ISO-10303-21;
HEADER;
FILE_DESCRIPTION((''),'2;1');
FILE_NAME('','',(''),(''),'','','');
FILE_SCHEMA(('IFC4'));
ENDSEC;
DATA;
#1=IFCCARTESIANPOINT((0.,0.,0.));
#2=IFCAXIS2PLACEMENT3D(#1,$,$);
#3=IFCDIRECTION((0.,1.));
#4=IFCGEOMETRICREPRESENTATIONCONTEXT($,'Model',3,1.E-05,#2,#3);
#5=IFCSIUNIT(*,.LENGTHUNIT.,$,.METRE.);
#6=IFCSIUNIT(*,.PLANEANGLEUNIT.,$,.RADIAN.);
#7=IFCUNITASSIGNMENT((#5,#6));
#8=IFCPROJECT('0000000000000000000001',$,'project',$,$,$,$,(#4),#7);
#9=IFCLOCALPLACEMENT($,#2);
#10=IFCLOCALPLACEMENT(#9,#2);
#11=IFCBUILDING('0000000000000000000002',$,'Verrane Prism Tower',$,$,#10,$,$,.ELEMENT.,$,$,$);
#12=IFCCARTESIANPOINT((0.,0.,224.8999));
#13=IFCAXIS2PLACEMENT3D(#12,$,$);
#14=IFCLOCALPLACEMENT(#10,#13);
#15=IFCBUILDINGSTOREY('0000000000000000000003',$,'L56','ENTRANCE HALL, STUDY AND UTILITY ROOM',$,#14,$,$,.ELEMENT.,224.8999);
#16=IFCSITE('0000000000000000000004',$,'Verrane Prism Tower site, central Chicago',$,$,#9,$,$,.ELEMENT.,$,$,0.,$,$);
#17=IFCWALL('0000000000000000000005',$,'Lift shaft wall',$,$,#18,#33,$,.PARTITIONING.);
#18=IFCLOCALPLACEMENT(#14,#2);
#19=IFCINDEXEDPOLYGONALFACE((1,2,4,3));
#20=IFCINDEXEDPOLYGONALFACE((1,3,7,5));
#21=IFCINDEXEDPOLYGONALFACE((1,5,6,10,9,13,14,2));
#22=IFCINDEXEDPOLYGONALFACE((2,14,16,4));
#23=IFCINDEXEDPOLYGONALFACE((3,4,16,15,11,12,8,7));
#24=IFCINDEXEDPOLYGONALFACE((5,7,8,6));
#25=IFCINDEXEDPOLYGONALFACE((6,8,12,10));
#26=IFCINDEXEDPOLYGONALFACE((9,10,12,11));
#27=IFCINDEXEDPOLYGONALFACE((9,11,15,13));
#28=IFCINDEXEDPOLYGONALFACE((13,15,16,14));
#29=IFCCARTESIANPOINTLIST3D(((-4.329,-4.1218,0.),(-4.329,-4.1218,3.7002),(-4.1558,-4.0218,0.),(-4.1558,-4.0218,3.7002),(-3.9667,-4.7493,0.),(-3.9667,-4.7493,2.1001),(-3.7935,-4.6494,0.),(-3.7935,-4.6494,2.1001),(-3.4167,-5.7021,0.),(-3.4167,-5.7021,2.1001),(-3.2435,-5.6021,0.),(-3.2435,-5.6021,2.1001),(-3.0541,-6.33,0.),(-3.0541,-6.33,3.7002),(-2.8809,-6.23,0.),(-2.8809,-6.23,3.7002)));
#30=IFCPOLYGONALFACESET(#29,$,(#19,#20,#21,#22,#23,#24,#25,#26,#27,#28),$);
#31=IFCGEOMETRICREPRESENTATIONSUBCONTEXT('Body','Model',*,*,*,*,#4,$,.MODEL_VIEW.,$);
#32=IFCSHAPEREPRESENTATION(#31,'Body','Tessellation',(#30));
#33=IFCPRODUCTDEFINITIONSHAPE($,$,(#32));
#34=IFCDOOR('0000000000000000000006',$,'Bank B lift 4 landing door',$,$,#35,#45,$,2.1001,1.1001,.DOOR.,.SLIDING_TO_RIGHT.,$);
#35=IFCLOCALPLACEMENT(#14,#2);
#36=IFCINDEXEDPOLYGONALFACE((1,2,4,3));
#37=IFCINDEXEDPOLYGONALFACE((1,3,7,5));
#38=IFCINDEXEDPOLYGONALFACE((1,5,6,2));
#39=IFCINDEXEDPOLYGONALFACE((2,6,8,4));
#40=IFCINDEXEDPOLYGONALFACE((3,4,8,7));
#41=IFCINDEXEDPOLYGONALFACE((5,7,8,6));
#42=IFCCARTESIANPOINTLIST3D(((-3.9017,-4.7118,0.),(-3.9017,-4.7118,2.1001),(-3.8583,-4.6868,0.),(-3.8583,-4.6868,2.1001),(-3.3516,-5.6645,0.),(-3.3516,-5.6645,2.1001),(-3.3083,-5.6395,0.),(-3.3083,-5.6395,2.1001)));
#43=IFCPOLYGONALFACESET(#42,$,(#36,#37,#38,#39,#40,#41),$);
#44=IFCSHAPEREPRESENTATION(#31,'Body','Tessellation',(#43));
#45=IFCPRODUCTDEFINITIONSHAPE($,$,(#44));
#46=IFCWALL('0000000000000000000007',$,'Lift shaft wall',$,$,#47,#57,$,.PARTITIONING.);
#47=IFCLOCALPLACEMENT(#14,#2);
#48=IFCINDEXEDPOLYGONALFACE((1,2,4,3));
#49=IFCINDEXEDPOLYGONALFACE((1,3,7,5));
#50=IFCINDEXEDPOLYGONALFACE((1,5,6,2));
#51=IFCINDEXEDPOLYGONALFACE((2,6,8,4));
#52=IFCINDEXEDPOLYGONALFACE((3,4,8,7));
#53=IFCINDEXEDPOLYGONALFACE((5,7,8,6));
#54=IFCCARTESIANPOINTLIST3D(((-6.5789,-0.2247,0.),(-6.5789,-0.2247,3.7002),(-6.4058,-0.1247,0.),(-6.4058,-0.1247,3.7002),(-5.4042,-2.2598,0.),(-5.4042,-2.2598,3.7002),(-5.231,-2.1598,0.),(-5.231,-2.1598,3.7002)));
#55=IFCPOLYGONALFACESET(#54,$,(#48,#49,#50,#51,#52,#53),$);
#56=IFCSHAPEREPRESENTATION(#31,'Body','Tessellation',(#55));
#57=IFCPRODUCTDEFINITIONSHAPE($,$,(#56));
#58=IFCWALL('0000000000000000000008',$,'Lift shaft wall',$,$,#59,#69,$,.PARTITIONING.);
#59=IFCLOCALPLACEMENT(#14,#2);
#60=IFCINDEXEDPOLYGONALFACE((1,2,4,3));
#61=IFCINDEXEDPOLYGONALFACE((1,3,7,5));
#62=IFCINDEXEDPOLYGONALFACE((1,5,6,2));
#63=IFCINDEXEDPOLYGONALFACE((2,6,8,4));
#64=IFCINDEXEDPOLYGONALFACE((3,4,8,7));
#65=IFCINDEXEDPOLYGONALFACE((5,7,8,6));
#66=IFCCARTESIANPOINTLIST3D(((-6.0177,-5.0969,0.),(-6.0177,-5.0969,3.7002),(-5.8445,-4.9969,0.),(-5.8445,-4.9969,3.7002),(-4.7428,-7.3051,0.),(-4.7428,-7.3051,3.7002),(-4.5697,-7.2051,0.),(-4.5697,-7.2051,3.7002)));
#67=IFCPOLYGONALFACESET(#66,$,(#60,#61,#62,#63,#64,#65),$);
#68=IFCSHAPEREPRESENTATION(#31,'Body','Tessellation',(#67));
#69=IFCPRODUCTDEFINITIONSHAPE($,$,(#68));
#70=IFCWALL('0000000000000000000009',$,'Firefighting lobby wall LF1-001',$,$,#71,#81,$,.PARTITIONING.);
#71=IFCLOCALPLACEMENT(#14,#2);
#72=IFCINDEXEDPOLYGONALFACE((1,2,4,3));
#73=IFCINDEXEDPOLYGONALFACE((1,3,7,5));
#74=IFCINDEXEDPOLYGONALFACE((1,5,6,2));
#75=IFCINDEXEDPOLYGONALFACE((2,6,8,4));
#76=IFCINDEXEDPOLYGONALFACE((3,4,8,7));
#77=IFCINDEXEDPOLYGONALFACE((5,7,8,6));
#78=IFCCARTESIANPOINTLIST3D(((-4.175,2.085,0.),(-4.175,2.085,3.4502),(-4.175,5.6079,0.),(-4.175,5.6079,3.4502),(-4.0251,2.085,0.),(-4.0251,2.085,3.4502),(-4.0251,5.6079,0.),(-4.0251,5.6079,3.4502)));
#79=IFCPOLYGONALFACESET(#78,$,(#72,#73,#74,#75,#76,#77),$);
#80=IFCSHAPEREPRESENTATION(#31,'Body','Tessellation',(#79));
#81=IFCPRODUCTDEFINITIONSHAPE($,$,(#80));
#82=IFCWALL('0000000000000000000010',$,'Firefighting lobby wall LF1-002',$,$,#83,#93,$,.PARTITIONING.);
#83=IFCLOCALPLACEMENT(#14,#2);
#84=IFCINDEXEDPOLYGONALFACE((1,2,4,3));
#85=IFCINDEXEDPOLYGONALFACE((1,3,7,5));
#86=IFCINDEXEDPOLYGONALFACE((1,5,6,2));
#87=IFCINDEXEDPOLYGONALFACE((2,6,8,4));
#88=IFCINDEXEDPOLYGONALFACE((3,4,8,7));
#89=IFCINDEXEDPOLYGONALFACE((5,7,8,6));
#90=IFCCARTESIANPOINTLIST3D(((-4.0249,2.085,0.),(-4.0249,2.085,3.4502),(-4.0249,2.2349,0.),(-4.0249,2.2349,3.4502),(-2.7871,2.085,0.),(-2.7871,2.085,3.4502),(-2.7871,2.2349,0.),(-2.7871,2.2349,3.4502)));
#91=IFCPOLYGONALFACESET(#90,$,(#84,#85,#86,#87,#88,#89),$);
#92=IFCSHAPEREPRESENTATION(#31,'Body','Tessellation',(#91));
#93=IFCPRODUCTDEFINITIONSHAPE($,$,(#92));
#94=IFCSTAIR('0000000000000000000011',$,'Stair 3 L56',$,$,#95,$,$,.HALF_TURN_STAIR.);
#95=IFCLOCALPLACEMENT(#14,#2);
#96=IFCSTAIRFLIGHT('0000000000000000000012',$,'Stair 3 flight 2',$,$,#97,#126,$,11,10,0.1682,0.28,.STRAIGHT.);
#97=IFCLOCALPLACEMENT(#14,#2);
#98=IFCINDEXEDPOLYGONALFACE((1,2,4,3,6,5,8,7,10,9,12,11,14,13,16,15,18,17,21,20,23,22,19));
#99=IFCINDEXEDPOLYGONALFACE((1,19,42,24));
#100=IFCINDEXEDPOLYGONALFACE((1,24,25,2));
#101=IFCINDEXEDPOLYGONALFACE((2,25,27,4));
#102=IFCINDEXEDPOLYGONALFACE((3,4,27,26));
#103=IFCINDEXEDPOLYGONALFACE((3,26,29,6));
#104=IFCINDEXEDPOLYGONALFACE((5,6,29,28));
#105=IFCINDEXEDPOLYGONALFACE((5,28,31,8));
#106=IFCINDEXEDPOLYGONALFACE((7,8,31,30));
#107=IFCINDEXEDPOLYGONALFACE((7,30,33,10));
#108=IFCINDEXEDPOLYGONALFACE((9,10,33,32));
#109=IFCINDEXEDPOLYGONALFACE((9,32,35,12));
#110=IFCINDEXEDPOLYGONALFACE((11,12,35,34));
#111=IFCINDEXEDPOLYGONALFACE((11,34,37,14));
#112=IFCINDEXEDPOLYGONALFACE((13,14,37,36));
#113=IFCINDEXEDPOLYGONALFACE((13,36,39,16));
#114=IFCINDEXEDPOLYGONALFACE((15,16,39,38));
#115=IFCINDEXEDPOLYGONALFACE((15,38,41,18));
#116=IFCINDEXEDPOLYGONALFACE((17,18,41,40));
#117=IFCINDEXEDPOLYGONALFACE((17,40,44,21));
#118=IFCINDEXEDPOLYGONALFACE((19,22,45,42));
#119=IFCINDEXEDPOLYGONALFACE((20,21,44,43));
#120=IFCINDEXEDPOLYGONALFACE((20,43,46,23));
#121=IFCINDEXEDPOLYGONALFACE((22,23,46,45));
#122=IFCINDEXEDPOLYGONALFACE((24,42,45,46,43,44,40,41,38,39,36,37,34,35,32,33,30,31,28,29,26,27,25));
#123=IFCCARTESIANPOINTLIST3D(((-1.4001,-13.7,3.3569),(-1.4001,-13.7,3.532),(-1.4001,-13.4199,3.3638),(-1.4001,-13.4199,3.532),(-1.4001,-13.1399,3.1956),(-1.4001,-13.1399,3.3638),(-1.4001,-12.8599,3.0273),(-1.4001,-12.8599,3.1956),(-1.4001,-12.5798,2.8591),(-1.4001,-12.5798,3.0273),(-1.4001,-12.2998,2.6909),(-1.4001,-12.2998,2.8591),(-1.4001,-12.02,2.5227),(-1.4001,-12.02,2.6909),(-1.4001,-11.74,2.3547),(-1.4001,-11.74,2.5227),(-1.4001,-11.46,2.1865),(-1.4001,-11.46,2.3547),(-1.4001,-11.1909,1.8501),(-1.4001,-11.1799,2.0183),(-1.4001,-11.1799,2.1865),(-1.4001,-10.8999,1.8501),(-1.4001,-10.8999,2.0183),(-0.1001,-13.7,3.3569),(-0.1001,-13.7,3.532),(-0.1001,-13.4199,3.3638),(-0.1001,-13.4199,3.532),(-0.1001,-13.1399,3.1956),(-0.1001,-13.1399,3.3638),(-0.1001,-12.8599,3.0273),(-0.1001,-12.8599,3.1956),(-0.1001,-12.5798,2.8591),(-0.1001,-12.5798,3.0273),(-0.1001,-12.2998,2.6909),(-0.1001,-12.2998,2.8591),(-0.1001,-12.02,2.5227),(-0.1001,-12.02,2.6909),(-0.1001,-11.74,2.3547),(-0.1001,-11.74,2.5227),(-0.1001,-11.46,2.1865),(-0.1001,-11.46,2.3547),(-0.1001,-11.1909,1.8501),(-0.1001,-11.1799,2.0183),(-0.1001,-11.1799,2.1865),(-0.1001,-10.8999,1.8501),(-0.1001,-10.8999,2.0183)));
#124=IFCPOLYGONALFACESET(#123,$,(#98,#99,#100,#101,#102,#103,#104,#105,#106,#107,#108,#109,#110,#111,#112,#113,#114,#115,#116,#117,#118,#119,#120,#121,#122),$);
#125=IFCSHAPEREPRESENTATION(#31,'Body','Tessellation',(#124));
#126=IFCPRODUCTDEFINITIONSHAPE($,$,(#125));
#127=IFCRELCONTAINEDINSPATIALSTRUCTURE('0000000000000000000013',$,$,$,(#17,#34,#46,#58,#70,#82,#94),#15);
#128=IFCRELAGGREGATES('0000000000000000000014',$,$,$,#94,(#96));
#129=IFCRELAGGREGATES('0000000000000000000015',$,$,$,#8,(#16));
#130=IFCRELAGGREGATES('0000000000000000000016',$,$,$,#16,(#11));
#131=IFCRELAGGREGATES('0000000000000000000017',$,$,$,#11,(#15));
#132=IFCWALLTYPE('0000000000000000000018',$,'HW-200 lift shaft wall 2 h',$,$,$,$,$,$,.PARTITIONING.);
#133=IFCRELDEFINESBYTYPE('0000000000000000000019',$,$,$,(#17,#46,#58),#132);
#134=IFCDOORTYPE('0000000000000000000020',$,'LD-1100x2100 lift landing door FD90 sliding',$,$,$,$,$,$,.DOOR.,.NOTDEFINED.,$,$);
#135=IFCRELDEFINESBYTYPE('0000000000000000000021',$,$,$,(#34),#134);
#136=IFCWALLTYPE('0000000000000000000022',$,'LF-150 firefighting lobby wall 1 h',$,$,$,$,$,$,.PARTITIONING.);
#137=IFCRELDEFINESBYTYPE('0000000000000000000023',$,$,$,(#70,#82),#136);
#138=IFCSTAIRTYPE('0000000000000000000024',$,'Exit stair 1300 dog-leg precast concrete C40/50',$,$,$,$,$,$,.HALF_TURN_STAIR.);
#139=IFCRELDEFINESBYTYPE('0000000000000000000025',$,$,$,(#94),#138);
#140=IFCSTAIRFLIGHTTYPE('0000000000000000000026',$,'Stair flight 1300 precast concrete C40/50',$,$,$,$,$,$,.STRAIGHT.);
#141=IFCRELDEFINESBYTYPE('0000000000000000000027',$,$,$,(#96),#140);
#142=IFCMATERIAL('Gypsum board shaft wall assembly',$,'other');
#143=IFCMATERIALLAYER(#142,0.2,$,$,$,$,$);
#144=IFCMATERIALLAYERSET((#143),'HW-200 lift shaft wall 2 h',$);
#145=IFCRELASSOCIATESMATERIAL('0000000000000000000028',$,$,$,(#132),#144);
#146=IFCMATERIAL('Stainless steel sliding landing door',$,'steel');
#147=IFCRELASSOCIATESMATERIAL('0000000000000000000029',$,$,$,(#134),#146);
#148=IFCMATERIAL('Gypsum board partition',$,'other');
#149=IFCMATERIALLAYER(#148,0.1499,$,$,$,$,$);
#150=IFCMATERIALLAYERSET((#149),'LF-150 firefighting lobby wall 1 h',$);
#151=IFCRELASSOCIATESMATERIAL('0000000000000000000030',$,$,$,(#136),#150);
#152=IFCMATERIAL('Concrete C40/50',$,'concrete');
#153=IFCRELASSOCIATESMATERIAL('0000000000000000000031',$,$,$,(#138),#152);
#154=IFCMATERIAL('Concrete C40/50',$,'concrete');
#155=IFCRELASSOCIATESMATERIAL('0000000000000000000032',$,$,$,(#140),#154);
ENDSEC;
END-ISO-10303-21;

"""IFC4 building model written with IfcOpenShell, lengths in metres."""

from ifc_helpers import new_model, si_unit, direction, frame, frame_2d, origin, place, context, subcontext, project, spatial, polyline, rectangle, outline, extrude, material, layer, layer_set, type_object, element, fill, aggregate, save


model = new_model("IFC4")

# Units and contexts
model_context = context("Model", 3, precision=1e-05, world=origin(), true_north=direction((0.0, 1.0)))
body_context = subcontext(model_context, "Body", "Model", "MODEL_VIEW")
ifc_project = project(units=[si_unit("LENGTHUNIT", "METRE"), si_unit("PLANEANGLEUNIT", "RADIAN")], contexts=[model_context])

# Site, building, storey
site_placement = place(None, origin())
site = spatial("IfcSite", under=ifc_project, at=site_placement, Name="Verrane Prism Tower site, central Chicago", CompositionType="ELEMENT", RefElevation=0.0)
building_placement = place(site_placement, origin())
building = spatial("IfcBuilding", under=site, at=building_placement, Name="Verrane Prism Tower", CompositionType="ELEMENT")
storey_placement = place(building_placement, frame((0.0, 0.0, 224.8999)))
storey = spatial("IfcBuildingStorey", under=building, at=storey_placement, Name="L56", Description="ENTRANCE HALL, STUDY AND UTILITY ROOM", CompositionType="ELEMENT", Elevation=224.8999)

# Shared definitions
ifc_material_1 = material(Name="Gypsum board shaft wall assembly", Category="other")
ifc_layer_1 = layer(ifc_material_1, 0.2)
ifc_layer_set_1 = layer_set([ifc_layer_1], Name="HW-200 lift shaft wall 2 h")
wall_type_1 = type_object("IfcWallType", Name="HW-200 lift shaft wall 2 h", PredefinedType="PARTITIONING", material=ifc_layer_set_1)
ifc_material_2 = material(Name="Stainless steel sliding landing door", Category="steel")
door_type = type_object("IfcDoorType", Name="LD-1100x2100 lift landing door FD90 sliding", OperationType="NOTDEFINED", PredefinedType="DOOR", material=ifc_material_2)

# Wall, opening, door
wall_1_placement = place(storey_placement, frame((-2.9675, -6.28, 0.0), z_axis=(0.0, 0.0, 1.0), x_axis=(-0.49999, 0.866031, 0.0)))
wall_1 = element("IfcWall", 1, at=wall_1_placement, inside=storey, type_object=wall_type_1, Name="Lift shaft wall", PredefinedType="PARTITIONING", context=body_context, shape_type="SweptSolid", body=[
    extrude(rectangle(XDim=2.5498, YDim=0.2, at=frame_2d((1.2749, 0.0))), origin(), (0.0, 0.0, 1.0), 3.7002),
])
opening_1_placement = place(wall_1_placement, frame((0.7251, 0.0, 0.0)))
opening_1 = element("IfcOpeningElement", 2, at=opening_1_placement, cuts=wall_1, PredefinedType="OPENING", context=body_context, shape_type="SweptSolid", body=[
    extrude(rectangle(XDim=1.1001, YDim=2.1001, at=frame_2d((0.55, 1.05))), frame((0.0, 0.1099, 0.0), z_axis=(0.0, -1.0, 0.0), x_axis=(1.0, 0.0, 0.0)), (0.0, 0.0, 1.0), 0.22),
])
door_1_placement = place(opening_1_placement, origin())
door_1 = element("IfcDoor", 3, at=door_1_placement, inside=storey, type_object=door_type, Name="Bank B lift 4 landing door", OperationType="SLIDING_TO_RIGHT", OverallHeight=2.1001, OverallWidth=1.1001, PredefinedType="DOOR", context=body_context, shape_type="SweptSolid", body=[
    extrude(rectangle(XDim=1.1001, YDim=2.1001, at=frame_2d((0.55, 1.05))), frame((0.0, 0.0249, 0.0), z_axis=(0.0, -1.0, 0.0), x_axis=(1.0, 0.0, 0.0)), (0.0, 0.0, 1.0), 0.05),
])
fill(opening_1, door_1)

# Walls
wall_2_placement = place(storey_placement, frame((-5.3176, -2.2097, 0.0), z_axis=(0.0, 0.0, 1.0), x_axis=(-0.499938, 0.866061, 0.0)))
element("IfcWall", 4, at=wall_2_placement, inside=storey, type_object=wall_type_1, Name="Lift shaft wall", PredefinedType="PARTITIONING", context=body_context, shape_type="SweptSolid", body=[
    extrude(rectangle(XDim=2.3499, YDim=0.2, at=frame_2d((1.1748, 0.0))), origin(), (0.0, 0.0, 1.0), 3.7002),
])
wall_3_placement = place(storey_placement, frame((-4.6562, -7.2551, 0.0), z_axis=(0.0, 0.0, 1.0), x_axis=(-0.49999, 0.866031, 0.0)))
element("IfcWall", 5, at=wall_3_placement, inside=storey, type_object=wall_type_1, Name="Lift shaft wall", PredefinedType="PARTITIONING", context=body_context, shape_type="SweptSolid", body=[
    extrude(rectangle(XDim=2.5498, YDim=0.2, at=frame_2d((1.2749, 0.0))), origin(), (0.0, 0.0, 1.0), 3.7002),
])
ifc_material_3 = material(Name="Gypsum board partition", Category="other")
ifc_layer_2 = layer(ifc_material_3, 0.1499)
ifc_layer_set_2 = layer_set([ifc_layer_2], Name="LF-150 firefighting lobby wall 1 h")
wall_type_2 = type_object("IfcWallType", Name="LF-150 firefighting lobby wall 1 h", PredefinedType="PARTITIONING", material=ifc_layer_set_2)
wall_4_placement = place(storey_placement, frame((-4.1001, 2.085, 0.0), z_axis=(0.0, 0.0, 1.0), x_axis=(0.0, 1.0, 0.0)))
element("IfcWall", 6, at=wall_4_placement, inside=storey, type_object=wall_type_2, Name="Firefighting lobby wall LF1-001", PredefinedType="PARTITIONING", context=body_context, shape_type="SweptSolid", body=[
    extrude(rectangle(XDim=3.5229, YDim=0.1499, at=frame_2d((1.7615, 0.0))), origin(), (0.0, 0.0, 1.0), 3.4502),
])
wall_5_placement = place(storey_placement, frame((-4.0249, 2.1599, 0.0), z_axis=(0.0, 0.0, 1.0), x_axis=(1.0, 0.0, 0.0)))
element("IfcWall", 7, at=wall_5_placement, inside=storey, type_object=wall_type_2, Name="Firefighting lobby wall LF1-002", PredefinedType="PARTITIONING", context=body_context, shape_type="SweptSolid", body=[
    extrude(rectangle(XDim=1.2378, YDim=0.1499, at=frame_2d((0.6189, 0.0))), origin(), (0.0, 0.0, 1.0), 3.4502),
])

# Stair, stair flight
ifc_material_4 = material(Name="Concrete C40/50", Category="concrete")
stair_type = type_object("IfcStairType", Name="Exit stair 1300 dog-leg precast concrete C40/50", PredefinedType="HALF_TURN_STAIR", material=ifc_material_4)
stair_placement = place(storey_placement, origin())
stair = element("IfcStair", 8, at=stair_placement, inside=storey, type_object=stair_type, Name="Stair 3 L56", PredefinedType="HALF_TURN_STAIR")
ifc_material_5 = material(Name="Concrete C40/50", Category="concrete")
stair_flight_type = type_object("IfcStairFlightType", Name="Stair flight 1300 precast concrete C40/50", PredefinedType="STRAIGHT", material=ifc_material_5)
stair_flight_placement = place(storey_placement, frame((-0.75, -10.8999, 1.8501), z_axis=(0.0, 0.0, 1.0), x_axis=(0.0, -1.0, 0.0)))
stair_flight = element("IfcStairFlight", 9, at=stair_flight_placement, type_object=stair_flight_type, Name="Stair 3 flight 2", NumberOfRisers=11, NumberOfTreads=10, PredefinedType="STRAIGHT", RiserHeight=0.1682, TreadLength=0.28, context=body_context, shape_type="SweptSolid", body=[
    extrude(outline(polyline([(0.0, 0.0), (0.0, 0.1682), (0.28, 0.1682), (0.28, 0.3364), (0.5601, 0.3364), (0.5601, 0.5046), (0.8401, 0.5046), (0.8401, 0.6726), (1.1201, 0.6726), (1.1201, 0.8408), (1.3999, 0.8408), (1.3999, 1.009), (1.6799, 1.009), (1.6799, 1.1772), (1.96, 1.1772), (1.96, 1.3455), (2.24, 1.3455), (2.24, 1.5137), (2.52, 1.5137), (2.52, 1.6819), (2.8, 1.6819), (2.8, 1.8501), (2.8, 1.5068), (0.291, 0.0), (0.0, 0.0)])), frame((0.0, 0.6499, 0.0), z_axis=(0.0, -1.0, 0.0), x_axis=(1.0, 0.0, 0.0)), (0.0, 0.0, 1.0), 1.3),
])
aggregate(stair, [stair_flight])

save(model, "model.ifc")
